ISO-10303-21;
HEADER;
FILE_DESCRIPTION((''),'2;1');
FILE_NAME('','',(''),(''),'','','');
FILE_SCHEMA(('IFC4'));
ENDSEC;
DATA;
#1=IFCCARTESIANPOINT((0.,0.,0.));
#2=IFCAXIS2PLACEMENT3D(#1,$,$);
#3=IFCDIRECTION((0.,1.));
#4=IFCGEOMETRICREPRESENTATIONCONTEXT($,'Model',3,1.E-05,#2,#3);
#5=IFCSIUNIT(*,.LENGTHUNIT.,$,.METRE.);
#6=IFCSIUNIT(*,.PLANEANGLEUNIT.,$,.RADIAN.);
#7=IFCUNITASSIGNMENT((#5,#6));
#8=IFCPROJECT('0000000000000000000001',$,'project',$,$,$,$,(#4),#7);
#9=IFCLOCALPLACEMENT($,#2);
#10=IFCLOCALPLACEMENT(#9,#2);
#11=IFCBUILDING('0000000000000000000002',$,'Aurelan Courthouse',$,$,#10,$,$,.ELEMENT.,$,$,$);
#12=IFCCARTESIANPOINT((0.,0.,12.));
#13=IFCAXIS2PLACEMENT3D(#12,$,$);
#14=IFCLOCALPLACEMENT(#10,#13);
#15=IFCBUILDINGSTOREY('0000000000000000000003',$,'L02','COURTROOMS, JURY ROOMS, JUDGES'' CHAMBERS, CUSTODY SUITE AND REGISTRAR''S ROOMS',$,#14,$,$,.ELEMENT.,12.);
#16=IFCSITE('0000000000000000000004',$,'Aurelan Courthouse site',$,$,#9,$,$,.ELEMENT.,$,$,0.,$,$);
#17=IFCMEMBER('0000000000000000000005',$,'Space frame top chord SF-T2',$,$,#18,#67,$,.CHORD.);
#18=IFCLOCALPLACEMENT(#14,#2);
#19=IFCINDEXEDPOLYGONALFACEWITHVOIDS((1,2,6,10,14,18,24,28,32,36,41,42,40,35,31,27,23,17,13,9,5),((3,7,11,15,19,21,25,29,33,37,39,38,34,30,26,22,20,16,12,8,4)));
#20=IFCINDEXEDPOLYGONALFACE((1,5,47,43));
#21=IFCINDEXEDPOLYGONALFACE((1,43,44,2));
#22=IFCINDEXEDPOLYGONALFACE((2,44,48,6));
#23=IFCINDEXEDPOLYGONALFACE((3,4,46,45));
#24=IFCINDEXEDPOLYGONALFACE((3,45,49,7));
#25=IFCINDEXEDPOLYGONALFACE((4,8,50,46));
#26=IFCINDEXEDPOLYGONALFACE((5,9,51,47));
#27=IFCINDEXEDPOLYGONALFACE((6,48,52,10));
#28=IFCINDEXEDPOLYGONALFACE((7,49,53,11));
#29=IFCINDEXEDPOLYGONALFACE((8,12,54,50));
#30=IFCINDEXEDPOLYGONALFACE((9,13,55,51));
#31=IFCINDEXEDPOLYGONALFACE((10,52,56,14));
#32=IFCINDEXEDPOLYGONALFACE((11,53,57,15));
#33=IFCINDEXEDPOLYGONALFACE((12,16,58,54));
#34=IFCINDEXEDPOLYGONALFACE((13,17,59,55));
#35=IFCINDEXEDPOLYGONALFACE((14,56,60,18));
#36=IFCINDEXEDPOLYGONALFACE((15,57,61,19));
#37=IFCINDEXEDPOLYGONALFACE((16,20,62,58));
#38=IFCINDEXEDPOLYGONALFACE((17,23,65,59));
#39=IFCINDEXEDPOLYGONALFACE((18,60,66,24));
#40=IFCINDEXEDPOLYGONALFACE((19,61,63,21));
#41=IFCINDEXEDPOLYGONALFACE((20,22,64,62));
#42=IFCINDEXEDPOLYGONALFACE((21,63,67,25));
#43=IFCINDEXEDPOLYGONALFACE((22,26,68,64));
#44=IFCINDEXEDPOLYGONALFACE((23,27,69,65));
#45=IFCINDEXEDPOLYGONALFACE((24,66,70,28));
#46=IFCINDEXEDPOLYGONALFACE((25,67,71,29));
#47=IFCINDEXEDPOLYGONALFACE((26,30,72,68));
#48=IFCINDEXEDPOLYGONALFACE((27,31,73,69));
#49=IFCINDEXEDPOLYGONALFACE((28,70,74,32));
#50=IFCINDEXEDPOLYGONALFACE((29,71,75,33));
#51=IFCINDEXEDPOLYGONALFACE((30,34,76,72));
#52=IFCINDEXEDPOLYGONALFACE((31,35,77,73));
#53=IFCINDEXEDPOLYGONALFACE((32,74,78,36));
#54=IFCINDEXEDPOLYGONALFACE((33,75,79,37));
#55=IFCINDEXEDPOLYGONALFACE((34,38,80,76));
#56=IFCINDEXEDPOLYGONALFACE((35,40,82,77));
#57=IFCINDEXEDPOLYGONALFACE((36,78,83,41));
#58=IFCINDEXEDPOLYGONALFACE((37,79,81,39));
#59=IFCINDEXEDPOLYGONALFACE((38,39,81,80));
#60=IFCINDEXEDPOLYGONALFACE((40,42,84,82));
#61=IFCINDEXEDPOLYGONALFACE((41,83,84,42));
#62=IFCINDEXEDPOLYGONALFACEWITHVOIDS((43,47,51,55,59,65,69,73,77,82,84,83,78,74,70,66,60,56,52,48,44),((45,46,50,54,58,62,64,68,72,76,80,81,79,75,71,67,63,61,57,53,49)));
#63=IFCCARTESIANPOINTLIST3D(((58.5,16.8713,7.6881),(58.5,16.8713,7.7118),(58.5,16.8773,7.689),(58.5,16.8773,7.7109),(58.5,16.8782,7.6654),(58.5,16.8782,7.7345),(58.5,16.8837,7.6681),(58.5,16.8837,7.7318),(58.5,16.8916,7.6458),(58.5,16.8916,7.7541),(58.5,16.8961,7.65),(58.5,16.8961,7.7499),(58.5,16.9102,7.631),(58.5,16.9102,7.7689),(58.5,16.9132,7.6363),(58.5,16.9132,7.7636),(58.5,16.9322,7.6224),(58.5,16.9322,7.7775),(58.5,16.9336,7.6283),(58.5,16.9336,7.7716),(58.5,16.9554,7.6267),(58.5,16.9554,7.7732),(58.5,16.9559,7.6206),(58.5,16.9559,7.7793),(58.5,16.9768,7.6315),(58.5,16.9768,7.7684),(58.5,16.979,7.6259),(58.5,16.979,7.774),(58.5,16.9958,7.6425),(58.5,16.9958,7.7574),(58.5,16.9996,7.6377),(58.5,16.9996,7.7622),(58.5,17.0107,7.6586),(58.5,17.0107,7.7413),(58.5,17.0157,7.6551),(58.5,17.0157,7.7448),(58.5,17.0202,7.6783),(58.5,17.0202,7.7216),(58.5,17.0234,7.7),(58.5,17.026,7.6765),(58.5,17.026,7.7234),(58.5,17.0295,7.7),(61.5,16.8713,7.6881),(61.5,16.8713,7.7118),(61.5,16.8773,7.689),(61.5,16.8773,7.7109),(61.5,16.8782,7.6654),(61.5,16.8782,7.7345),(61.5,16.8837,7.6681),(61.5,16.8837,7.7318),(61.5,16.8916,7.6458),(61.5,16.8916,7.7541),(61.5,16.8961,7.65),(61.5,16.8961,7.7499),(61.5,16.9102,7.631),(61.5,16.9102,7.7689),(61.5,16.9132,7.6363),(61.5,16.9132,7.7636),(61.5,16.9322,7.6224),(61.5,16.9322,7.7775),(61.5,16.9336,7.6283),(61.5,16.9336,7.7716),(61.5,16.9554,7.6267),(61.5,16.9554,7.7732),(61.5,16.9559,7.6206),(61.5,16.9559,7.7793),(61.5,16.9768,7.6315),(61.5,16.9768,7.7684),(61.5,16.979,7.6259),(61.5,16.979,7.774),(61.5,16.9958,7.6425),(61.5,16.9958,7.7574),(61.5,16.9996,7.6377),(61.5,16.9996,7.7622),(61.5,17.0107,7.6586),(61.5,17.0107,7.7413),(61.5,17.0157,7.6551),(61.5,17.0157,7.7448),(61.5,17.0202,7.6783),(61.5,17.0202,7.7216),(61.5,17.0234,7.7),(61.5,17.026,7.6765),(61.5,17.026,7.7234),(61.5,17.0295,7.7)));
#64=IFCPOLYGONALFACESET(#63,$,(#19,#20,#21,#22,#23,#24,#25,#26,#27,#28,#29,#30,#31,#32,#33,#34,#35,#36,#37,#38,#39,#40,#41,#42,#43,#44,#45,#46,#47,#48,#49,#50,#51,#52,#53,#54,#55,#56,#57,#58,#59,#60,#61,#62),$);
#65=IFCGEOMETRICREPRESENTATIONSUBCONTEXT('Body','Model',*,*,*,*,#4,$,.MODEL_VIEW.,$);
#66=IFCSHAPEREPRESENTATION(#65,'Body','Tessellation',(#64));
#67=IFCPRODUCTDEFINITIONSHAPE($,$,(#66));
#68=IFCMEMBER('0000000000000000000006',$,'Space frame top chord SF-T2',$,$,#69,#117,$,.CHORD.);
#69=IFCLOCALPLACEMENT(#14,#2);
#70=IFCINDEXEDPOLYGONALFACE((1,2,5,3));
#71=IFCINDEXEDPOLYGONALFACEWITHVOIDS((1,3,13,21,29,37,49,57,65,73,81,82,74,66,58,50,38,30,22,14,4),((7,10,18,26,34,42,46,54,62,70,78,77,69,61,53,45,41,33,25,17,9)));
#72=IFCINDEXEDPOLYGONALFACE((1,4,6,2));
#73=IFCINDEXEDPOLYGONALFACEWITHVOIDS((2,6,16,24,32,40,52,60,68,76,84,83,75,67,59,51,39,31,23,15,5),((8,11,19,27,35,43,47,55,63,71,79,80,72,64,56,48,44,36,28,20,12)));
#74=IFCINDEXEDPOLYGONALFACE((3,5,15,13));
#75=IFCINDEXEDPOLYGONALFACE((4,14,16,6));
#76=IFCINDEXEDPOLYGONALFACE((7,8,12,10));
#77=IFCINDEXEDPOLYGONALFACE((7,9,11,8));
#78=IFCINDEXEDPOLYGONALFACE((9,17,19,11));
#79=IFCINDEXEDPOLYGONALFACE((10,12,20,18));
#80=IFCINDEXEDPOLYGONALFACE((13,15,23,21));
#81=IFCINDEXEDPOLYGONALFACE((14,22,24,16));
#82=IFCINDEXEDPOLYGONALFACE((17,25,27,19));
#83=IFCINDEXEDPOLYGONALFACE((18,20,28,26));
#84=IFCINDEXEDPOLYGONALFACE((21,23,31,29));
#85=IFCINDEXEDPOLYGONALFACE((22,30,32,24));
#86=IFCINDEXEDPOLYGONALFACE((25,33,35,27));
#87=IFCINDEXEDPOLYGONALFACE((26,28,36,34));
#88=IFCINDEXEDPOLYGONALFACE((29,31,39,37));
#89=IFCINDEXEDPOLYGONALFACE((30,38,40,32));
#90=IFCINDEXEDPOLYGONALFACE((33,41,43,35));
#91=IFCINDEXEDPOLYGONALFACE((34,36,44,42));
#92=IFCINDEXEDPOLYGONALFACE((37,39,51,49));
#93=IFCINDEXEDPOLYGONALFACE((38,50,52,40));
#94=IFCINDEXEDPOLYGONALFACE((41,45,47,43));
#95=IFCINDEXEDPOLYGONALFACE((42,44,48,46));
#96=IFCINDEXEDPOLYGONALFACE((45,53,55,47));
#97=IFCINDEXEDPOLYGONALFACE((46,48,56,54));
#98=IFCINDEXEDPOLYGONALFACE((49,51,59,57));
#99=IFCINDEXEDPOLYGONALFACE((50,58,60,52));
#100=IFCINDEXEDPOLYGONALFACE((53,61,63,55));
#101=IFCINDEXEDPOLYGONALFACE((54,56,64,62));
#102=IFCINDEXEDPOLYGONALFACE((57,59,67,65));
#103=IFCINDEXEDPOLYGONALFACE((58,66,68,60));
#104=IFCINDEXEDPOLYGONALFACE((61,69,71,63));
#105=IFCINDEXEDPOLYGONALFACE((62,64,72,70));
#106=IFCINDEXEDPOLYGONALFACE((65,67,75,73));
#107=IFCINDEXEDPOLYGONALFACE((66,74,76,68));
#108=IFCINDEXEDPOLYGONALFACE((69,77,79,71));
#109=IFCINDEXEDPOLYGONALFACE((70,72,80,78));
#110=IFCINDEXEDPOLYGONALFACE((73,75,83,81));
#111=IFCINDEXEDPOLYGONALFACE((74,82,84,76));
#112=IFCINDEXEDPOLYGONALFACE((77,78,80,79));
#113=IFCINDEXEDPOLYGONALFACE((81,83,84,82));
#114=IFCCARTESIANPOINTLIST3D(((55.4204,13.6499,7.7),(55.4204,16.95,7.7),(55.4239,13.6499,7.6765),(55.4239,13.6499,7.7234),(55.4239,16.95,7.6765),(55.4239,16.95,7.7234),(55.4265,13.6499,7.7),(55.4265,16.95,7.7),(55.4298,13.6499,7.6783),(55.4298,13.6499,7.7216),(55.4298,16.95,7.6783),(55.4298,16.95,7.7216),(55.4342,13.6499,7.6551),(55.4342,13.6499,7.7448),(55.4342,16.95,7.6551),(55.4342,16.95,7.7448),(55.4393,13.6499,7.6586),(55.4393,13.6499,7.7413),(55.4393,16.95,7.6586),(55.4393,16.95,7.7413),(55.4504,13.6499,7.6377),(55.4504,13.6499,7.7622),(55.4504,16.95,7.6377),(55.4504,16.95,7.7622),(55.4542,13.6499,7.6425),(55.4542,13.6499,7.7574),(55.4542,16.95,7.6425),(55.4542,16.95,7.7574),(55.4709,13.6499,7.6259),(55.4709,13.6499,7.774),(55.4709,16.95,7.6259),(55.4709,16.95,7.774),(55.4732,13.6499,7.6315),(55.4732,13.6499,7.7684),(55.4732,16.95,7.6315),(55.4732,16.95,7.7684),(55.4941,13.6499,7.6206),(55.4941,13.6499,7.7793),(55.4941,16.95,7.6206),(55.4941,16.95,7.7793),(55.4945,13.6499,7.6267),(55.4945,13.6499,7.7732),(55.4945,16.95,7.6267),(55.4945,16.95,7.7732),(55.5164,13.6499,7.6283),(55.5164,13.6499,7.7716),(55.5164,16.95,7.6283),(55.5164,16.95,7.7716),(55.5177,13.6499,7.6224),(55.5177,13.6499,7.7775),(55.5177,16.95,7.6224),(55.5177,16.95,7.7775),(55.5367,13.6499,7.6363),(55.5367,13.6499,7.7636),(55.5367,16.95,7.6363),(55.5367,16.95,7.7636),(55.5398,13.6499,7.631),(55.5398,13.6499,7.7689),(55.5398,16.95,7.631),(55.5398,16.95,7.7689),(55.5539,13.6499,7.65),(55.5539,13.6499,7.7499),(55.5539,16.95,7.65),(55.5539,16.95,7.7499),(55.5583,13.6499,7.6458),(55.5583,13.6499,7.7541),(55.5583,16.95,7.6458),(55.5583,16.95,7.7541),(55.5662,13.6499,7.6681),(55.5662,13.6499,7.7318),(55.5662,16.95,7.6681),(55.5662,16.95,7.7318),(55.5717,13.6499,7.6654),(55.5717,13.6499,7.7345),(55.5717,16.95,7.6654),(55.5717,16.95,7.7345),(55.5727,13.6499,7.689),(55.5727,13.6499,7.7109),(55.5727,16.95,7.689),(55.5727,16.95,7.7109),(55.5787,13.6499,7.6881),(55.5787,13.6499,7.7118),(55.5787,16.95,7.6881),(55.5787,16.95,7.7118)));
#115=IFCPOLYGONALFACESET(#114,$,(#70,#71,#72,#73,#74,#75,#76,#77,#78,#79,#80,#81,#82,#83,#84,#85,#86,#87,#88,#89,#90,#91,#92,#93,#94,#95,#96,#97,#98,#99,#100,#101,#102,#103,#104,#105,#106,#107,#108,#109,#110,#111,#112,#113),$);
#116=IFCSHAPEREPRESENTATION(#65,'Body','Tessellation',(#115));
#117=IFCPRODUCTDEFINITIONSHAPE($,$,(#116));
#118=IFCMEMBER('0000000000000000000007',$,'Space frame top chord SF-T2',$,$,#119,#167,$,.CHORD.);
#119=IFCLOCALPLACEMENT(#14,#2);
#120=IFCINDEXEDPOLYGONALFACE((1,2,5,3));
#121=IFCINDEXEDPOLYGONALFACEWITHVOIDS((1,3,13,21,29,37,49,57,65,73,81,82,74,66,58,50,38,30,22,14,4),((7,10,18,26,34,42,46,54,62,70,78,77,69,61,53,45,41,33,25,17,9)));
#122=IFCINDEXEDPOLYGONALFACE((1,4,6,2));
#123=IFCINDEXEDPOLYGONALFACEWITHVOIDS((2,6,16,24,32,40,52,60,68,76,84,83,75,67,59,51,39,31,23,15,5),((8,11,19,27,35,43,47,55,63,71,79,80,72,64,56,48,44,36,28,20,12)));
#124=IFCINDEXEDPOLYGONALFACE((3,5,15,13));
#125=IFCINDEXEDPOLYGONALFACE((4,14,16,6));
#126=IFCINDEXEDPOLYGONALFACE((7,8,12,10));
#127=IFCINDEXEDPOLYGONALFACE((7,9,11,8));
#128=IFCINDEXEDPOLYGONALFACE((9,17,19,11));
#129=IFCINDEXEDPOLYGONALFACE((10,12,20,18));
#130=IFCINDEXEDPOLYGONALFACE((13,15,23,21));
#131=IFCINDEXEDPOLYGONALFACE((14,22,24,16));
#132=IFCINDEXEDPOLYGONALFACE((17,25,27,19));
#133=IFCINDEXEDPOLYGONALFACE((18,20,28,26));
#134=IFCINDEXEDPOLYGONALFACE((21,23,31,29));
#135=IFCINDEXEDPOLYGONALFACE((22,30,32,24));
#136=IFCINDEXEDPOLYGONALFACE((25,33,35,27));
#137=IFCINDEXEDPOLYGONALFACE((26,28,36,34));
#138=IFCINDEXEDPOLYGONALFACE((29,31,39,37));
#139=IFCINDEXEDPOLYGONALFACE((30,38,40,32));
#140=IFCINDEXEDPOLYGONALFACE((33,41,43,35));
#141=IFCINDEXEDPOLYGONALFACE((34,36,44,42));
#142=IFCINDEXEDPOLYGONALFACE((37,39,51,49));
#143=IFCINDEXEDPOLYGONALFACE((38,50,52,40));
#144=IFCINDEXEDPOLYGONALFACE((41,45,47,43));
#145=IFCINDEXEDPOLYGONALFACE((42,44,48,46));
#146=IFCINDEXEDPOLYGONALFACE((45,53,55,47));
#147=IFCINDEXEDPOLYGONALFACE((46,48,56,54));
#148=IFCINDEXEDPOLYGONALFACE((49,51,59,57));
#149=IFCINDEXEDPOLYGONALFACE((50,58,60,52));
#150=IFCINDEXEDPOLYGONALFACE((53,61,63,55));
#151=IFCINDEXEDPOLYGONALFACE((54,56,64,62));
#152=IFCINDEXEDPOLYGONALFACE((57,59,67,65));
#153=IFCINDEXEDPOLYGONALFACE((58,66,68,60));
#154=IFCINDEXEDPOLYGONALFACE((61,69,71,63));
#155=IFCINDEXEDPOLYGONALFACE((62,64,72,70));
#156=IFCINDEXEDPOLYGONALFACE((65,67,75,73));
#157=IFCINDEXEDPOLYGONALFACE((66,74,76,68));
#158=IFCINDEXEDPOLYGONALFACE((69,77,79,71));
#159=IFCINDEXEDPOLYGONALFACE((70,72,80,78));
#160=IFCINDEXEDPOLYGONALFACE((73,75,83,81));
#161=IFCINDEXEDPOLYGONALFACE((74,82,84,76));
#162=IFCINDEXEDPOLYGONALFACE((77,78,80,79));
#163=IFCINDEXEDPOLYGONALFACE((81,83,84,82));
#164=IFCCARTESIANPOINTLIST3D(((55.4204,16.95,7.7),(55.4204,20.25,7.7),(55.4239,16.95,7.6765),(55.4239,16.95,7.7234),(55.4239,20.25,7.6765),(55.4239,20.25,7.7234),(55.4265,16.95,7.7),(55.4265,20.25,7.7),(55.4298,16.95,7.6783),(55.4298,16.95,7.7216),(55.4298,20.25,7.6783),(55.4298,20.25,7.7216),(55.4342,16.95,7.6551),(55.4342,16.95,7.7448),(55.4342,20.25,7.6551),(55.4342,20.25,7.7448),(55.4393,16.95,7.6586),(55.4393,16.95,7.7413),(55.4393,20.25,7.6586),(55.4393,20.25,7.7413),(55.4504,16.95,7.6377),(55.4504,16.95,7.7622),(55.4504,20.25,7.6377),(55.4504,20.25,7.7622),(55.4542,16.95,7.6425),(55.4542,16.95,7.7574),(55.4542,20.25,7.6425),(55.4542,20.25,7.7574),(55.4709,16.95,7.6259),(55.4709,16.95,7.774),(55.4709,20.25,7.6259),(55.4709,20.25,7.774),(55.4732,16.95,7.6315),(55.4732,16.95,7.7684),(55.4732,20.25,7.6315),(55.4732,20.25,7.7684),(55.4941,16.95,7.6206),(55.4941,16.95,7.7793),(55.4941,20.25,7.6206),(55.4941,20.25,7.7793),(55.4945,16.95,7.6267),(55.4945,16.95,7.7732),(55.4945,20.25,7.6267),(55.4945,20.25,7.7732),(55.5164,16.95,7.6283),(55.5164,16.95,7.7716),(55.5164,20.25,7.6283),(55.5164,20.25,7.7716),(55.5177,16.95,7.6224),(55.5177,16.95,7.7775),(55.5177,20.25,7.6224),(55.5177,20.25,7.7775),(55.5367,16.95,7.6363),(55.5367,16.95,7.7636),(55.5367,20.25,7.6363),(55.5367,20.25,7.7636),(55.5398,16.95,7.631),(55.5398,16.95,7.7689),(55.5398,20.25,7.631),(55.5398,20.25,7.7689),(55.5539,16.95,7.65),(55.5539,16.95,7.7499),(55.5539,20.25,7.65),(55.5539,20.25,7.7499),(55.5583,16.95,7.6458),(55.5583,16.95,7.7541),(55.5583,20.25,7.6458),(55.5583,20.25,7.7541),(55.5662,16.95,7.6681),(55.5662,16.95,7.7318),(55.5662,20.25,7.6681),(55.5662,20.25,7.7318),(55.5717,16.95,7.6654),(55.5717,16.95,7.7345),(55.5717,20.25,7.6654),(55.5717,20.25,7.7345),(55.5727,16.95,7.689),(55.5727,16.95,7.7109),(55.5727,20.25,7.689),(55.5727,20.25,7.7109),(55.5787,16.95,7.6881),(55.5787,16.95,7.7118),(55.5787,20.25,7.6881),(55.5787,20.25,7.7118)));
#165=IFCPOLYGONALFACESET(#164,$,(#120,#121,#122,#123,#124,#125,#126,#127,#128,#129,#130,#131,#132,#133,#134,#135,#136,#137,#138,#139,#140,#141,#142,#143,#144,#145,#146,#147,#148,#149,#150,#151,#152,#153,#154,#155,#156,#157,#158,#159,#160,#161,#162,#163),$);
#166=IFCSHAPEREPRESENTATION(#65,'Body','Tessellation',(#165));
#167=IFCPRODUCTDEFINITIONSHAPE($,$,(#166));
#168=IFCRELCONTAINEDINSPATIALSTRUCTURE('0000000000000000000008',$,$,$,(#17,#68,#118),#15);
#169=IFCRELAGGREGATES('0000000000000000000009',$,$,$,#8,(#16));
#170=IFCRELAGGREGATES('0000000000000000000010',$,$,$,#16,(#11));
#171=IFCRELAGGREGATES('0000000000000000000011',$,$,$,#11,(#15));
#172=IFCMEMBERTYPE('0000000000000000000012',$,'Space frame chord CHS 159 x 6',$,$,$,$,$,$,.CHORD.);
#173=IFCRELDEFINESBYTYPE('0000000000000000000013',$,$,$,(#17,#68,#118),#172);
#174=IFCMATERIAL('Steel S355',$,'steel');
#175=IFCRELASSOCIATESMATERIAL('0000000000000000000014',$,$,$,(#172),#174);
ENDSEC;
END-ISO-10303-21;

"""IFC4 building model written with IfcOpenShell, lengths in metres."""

from ifc_helpers import new_model, si_unit, direction, frame, origin, origin_2d, place, context, subcontext, project, spatial, hollow_circle, extrude, material, material_profile, profile_set, type_object, element, save


model = new_model("IFC4")

# Units and contexts
model_context = context("Model", 3, precision=1e-05, world=origin(), true_north=direction((0.0, 1.0)))
body_context = subcontext(model_context, "Body", "Model", "MODEL_VIEW")
ifc_project = project(units=[si_unit("LENGTHUNIT", "METRE"), si_unit("PLANEANGLEUNIT", "RADIAN")], contexts=[model_context])

# Site, building, storey
site_placement = place(None, origin())
site = spatial("IfcSite", under=ifc_project, at=site_placement, Name="Aurelan Courthouse site", CompositionType="ELEMENT", RefElevation=0.0)
building_placement = place(site_placement, origin())
building = spatial("IfcBuilding", under=site, at=building_placement, Name="Aurelan Courthouse", CompositionType="ELEMENT")
storey_placement = place(building_placement, frame((0.0, 0.0, 12.0)))
storey = spatial("IfcBuildingStorey", under=building, at=storey_placement, Name="L02", Description="COURTROOMS, JURY ROOMS, JUDGES' CHAMBERS, CUSTODY SUITE AND REGISTRAR'S ROOMS", CompositionType="ELEMENT", Elevation=12.0)

# Members
ifc_material_1 = material(Name="Steel S355", Category="steel")
ifc_material_profile_1 = material_profile(ifc_material_1, hollow_circle(Radius=0.0796, WallThickness=0.0061, at=origin_2d()), Name="CHS 159 x 6")
ifc_profile_set_1 = profile_set([ifc_material_profile_1], Name="Steel S355")
member_type_1 = type_object("IfcMemberType", Name="Space frame chord CHS 159 x 6", PredefinedType="CHORD", material=ifc_profile_set_1)
for number, where, z_axis, x_axis, name in (
    (1, (58.5, 16.95, 7.7), (1.0, 0.0, 0.0), (0.0, 1.0, 0.0), "Space frame top chord SF-T2"),
):
    element("IfcMember", number, at=place(storey_placement, frame(where, z_axis=z_axis, x_axis=x_axis)), inside=storey, type_object=member_type_1, Name=name, PredefinedType="CHORD", context=body_context, shape_type="SweptSolid", body=[
        extrude(hollow_circle(Radius=0.0796, WallThickness=0.0061, at=origin_2d()), origin(), (0.0, 0.0, 1.0), 3.0),
    ])
for number, where, z_axis, x_axis, name in (
    (2, (55.5, 13.6499, 7.7), (0.0, 1.0, 0.0), (-1.0, 0.0, 0.0), "Space frame top chord SF-T2"),
    (3, (55.5, 16.95, 7.7), (0.0, 1.0, 0.0), (-1.0, 0.0, 0.0), "Space frame top chord SF-T2"),
):
    element("IfcMember", number, at=place(storey_placement, frame(where, z_axis=z_axis, x_axis=x_axis)), inside=storey, type_object=member_type_1, Name=name, PredefinedType="CHORD", context=body_context, shape_type="SweptSolid", body=[
        extrude(hollow_circle(Radius=0.0796, WallThickness=0.0061, at=origin_2d()), origin(), (0.0, 0.0, 1.0), 3.3),
    ])

save(model, "model.ifc")
